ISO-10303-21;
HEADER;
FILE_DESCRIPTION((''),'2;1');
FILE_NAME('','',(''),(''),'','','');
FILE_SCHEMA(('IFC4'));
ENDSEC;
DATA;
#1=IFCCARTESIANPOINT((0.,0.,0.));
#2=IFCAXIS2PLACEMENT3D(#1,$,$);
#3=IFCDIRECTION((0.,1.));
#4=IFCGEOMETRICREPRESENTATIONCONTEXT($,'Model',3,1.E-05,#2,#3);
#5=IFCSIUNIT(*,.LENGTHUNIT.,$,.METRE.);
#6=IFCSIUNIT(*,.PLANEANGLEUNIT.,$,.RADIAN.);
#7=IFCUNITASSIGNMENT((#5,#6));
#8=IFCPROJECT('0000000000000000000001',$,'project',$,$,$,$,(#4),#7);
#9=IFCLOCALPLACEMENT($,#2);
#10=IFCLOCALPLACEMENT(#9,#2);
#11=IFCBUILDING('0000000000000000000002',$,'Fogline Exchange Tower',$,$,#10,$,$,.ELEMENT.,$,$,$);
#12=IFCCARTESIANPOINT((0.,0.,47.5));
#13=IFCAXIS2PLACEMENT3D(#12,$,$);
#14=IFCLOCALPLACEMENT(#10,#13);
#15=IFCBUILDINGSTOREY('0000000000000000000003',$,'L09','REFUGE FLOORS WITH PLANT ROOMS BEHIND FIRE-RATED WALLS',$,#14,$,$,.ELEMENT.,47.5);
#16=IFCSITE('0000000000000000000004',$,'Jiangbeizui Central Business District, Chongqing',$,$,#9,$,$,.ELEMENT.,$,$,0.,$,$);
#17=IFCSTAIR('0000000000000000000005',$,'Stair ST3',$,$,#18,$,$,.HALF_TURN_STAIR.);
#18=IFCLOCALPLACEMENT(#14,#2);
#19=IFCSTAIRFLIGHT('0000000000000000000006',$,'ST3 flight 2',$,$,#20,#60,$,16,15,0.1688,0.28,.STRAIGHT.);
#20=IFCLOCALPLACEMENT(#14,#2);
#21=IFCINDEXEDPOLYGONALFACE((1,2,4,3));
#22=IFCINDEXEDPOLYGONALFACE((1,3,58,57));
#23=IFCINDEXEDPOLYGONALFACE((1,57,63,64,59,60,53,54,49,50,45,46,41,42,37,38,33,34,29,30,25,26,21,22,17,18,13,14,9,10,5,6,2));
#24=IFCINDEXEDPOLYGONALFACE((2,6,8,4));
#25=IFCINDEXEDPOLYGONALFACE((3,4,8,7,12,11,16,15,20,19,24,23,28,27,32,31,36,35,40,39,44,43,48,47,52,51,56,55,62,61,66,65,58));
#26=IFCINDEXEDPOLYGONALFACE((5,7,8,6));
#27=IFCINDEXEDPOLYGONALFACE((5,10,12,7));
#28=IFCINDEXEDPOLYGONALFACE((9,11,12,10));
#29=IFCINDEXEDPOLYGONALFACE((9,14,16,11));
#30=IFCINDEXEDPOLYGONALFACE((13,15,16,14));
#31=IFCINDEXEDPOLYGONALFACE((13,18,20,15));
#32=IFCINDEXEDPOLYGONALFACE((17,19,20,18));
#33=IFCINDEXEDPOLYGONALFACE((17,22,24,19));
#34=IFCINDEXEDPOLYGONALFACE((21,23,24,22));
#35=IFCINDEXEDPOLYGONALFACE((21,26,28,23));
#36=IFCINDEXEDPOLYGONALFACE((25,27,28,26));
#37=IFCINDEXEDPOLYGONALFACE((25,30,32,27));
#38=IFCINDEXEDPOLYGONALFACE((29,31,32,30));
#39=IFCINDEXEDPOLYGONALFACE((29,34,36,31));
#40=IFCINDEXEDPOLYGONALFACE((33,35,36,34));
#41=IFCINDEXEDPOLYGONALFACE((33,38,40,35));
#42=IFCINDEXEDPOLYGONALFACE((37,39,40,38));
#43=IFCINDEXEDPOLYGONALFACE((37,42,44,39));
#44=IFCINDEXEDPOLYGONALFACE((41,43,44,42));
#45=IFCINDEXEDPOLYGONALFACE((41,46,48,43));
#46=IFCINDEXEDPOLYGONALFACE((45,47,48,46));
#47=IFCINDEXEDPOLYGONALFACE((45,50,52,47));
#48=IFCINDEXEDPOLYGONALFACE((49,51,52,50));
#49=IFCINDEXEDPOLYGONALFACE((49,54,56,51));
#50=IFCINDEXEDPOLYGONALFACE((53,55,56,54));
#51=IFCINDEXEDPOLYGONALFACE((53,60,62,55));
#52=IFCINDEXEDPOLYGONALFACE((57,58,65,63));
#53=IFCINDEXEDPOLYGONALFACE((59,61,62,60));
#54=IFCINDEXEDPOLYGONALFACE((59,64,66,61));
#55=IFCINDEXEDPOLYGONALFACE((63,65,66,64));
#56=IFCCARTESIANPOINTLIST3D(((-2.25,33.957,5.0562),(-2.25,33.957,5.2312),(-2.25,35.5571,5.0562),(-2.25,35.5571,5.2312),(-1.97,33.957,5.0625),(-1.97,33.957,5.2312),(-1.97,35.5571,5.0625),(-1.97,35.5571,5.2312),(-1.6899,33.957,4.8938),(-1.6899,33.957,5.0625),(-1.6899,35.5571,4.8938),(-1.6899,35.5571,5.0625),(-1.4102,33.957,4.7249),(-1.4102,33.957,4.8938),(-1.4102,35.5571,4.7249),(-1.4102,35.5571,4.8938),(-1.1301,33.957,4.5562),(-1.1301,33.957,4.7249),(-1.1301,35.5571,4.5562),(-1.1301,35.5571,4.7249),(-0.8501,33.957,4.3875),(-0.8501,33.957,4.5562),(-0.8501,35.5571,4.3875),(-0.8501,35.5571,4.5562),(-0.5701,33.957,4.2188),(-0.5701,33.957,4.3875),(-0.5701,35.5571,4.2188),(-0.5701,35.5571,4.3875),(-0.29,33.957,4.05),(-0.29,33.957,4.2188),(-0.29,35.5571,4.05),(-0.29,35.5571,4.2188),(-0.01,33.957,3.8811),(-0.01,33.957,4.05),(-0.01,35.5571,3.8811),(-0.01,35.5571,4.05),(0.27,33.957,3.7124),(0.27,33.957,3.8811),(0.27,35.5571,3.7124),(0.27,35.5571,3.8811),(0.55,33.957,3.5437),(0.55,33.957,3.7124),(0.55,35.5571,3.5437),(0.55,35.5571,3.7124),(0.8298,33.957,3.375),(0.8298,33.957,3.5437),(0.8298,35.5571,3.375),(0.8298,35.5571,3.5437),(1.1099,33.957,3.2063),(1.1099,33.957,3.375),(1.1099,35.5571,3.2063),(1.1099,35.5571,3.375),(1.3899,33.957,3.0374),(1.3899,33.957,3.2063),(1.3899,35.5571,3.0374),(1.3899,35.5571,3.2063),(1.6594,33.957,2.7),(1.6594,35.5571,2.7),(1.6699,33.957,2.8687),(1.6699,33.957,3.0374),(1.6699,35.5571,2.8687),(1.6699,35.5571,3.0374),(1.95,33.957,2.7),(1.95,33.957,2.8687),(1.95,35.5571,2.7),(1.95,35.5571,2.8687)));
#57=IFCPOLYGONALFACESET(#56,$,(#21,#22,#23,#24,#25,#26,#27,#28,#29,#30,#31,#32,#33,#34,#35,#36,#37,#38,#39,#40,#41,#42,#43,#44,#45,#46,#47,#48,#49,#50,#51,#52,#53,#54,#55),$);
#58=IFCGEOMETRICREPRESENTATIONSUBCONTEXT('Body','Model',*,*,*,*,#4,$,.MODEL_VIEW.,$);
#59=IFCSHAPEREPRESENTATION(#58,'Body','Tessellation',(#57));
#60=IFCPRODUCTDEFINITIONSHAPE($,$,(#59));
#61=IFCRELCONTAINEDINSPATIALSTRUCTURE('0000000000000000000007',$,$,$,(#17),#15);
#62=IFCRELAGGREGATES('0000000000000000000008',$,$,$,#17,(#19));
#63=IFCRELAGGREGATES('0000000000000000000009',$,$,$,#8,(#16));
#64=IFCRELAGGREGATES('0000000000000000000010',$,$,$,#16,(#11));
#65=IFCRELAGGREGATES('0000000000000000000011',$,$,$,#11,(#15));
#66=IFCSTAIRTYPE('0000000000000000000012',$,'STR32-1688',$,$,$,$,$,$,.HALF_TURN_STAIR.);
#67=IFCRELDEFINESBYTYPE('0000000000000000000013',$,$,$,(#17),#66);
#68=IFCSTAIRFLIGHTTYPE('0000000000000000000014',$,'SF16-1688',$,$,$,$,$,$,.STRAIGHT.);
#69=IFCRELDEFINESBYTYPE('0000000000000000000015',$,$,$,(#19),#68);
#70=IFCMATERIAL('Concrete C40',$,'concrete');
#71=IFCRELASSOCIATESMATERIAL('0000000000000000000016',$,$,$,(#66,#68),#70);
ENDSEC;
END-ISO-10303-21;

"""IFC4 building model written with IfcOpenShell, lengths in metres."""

from ifc_helpers import new_model, si_unit, direction, frame, origin, place, context, subcontext, project, spatial, polyline, outline, extrude, material, type_object, element, aggregate, save


model = new_model("IFC4")

# Units and contexts
model_context = context("Model", 3, precision=1e-05, world=origin(), true_north=direction((0.0, 1.0)))
body_context = subcontext(model_context, "Body", "Model", "MODEL_VIEW")
ifc_project = project(units=[si_unit("LENGTHUNIT", "METRE"), si_unit("PLANEANGLEUNIT", "RADIAN")], contexts=[model_context])

# Site, building, storey
site_placement = place(None, origin())
site = spatial("IfcSite", under=ifc_project, at=site_placement, Name="Jiangbeizui Central Business District, Chongqing", CompositionType="ELEMENT", RefElevation=0.0)
building_placement = place(site_placement, origin())
building = spatial("IfcBuilding", under=site, at=building_placement, Name="Fogline Exchange Tower", CompositionType="ELEMENT")
storey_placement = place(building_placement, frame((0.0, 0.0, 47.5)))
storey = spatial("IfcBuildingStorey", under=building, at=storey_placement, Name="L09", Description="REFUGE FLOORS WITH PLANT ROOMS BEHIND FIRE-RATED WALLS", CompositionType="ELEMENT", Elevation=47.5)

# Shared definitions
ifc_material_1 = material(Name="Concrete C40", Category="concrete")

# Stair, stair flight
stair_type = type_object("IfcStairType", Name="STR32-1688", PredefinedType="HALF_TURN_STAIR", material=ifc_material_1)
stair_placement = place(storey_placement, origin())
stair = element("IfcStair", 1, at=stair_placement, inside=storey, type_object=stair_type, Name="Stair ST3", PredefinedType="HALF_TURN_STAIR")
stair_flight_type = type_object("IfcStairFlightType", Name="SF16-1688", PredefinedType="STRAIGHT", material=ifc_material_1)
stair_flight_placement = place(storey_placement, frame((1.95, 34.7571, 2.7), z_axis=(0.0, 0.0, 1.0), x_axis=(-1.0, 0.0, 0.0)))
stair_flight = element("IfcStairFlight", 2, at=stair_flight_placement, type_object=stair_flight_type, Name="ST3 flight 2", NumberOfRisers=16, NumberOfTreads=15, PredefinedType="STRAIGHT", RiserHeight=0.1688, TreadLength=0.28, context=body_context, shape_type="SweptSolid", body=[
    extrude(outline(polyline([(0.0, 0.0), (0.0, 0.1687), (0.28, 0.1687), (0.28, 0.3374), (0.5601, 0.3374), (0.5601, 0.5063), (0.8401, 0.5063), (0.8401, 0.675), (1.1201, 0.675), (1.1201, 0.8438), (1.3999, 0.8438), (1.3999, 1.0125), (1.6799, 1.0125), (1.6799, 1.1812), (1.96, 1.1812), (1.96, 1.3501), (2.24, 1.3501), (2.24, 1.5188), (2.52, 1.5188), (2.52, 1.6875), (2.8, 1.6875), (2.8, 1.8562), (3.0801, 1.8562), (3.0801, 2.0249), (3.3601, 2.0249), (3.3601, 2.1938), (3.6399, 2.1938), (3.6399, 2.3625), (3.9199, 2.3625), (3.9199, 2.5312), (4.2, 2.5312), (4.2, 2.7), (4.2, 2.3562), (0.2905, 0.0), (0.0, 0.0)])), frame((0.0, 0.8, 0.0), z_axis=(0.0, -1.0, 0.0), x_axis=(1.0, 0.0, 0.0)), (0.0, 0.0, 1.0), 1.6001),
])
aggregate(stair, [stair_flight])

save(model, "model.ifc")
